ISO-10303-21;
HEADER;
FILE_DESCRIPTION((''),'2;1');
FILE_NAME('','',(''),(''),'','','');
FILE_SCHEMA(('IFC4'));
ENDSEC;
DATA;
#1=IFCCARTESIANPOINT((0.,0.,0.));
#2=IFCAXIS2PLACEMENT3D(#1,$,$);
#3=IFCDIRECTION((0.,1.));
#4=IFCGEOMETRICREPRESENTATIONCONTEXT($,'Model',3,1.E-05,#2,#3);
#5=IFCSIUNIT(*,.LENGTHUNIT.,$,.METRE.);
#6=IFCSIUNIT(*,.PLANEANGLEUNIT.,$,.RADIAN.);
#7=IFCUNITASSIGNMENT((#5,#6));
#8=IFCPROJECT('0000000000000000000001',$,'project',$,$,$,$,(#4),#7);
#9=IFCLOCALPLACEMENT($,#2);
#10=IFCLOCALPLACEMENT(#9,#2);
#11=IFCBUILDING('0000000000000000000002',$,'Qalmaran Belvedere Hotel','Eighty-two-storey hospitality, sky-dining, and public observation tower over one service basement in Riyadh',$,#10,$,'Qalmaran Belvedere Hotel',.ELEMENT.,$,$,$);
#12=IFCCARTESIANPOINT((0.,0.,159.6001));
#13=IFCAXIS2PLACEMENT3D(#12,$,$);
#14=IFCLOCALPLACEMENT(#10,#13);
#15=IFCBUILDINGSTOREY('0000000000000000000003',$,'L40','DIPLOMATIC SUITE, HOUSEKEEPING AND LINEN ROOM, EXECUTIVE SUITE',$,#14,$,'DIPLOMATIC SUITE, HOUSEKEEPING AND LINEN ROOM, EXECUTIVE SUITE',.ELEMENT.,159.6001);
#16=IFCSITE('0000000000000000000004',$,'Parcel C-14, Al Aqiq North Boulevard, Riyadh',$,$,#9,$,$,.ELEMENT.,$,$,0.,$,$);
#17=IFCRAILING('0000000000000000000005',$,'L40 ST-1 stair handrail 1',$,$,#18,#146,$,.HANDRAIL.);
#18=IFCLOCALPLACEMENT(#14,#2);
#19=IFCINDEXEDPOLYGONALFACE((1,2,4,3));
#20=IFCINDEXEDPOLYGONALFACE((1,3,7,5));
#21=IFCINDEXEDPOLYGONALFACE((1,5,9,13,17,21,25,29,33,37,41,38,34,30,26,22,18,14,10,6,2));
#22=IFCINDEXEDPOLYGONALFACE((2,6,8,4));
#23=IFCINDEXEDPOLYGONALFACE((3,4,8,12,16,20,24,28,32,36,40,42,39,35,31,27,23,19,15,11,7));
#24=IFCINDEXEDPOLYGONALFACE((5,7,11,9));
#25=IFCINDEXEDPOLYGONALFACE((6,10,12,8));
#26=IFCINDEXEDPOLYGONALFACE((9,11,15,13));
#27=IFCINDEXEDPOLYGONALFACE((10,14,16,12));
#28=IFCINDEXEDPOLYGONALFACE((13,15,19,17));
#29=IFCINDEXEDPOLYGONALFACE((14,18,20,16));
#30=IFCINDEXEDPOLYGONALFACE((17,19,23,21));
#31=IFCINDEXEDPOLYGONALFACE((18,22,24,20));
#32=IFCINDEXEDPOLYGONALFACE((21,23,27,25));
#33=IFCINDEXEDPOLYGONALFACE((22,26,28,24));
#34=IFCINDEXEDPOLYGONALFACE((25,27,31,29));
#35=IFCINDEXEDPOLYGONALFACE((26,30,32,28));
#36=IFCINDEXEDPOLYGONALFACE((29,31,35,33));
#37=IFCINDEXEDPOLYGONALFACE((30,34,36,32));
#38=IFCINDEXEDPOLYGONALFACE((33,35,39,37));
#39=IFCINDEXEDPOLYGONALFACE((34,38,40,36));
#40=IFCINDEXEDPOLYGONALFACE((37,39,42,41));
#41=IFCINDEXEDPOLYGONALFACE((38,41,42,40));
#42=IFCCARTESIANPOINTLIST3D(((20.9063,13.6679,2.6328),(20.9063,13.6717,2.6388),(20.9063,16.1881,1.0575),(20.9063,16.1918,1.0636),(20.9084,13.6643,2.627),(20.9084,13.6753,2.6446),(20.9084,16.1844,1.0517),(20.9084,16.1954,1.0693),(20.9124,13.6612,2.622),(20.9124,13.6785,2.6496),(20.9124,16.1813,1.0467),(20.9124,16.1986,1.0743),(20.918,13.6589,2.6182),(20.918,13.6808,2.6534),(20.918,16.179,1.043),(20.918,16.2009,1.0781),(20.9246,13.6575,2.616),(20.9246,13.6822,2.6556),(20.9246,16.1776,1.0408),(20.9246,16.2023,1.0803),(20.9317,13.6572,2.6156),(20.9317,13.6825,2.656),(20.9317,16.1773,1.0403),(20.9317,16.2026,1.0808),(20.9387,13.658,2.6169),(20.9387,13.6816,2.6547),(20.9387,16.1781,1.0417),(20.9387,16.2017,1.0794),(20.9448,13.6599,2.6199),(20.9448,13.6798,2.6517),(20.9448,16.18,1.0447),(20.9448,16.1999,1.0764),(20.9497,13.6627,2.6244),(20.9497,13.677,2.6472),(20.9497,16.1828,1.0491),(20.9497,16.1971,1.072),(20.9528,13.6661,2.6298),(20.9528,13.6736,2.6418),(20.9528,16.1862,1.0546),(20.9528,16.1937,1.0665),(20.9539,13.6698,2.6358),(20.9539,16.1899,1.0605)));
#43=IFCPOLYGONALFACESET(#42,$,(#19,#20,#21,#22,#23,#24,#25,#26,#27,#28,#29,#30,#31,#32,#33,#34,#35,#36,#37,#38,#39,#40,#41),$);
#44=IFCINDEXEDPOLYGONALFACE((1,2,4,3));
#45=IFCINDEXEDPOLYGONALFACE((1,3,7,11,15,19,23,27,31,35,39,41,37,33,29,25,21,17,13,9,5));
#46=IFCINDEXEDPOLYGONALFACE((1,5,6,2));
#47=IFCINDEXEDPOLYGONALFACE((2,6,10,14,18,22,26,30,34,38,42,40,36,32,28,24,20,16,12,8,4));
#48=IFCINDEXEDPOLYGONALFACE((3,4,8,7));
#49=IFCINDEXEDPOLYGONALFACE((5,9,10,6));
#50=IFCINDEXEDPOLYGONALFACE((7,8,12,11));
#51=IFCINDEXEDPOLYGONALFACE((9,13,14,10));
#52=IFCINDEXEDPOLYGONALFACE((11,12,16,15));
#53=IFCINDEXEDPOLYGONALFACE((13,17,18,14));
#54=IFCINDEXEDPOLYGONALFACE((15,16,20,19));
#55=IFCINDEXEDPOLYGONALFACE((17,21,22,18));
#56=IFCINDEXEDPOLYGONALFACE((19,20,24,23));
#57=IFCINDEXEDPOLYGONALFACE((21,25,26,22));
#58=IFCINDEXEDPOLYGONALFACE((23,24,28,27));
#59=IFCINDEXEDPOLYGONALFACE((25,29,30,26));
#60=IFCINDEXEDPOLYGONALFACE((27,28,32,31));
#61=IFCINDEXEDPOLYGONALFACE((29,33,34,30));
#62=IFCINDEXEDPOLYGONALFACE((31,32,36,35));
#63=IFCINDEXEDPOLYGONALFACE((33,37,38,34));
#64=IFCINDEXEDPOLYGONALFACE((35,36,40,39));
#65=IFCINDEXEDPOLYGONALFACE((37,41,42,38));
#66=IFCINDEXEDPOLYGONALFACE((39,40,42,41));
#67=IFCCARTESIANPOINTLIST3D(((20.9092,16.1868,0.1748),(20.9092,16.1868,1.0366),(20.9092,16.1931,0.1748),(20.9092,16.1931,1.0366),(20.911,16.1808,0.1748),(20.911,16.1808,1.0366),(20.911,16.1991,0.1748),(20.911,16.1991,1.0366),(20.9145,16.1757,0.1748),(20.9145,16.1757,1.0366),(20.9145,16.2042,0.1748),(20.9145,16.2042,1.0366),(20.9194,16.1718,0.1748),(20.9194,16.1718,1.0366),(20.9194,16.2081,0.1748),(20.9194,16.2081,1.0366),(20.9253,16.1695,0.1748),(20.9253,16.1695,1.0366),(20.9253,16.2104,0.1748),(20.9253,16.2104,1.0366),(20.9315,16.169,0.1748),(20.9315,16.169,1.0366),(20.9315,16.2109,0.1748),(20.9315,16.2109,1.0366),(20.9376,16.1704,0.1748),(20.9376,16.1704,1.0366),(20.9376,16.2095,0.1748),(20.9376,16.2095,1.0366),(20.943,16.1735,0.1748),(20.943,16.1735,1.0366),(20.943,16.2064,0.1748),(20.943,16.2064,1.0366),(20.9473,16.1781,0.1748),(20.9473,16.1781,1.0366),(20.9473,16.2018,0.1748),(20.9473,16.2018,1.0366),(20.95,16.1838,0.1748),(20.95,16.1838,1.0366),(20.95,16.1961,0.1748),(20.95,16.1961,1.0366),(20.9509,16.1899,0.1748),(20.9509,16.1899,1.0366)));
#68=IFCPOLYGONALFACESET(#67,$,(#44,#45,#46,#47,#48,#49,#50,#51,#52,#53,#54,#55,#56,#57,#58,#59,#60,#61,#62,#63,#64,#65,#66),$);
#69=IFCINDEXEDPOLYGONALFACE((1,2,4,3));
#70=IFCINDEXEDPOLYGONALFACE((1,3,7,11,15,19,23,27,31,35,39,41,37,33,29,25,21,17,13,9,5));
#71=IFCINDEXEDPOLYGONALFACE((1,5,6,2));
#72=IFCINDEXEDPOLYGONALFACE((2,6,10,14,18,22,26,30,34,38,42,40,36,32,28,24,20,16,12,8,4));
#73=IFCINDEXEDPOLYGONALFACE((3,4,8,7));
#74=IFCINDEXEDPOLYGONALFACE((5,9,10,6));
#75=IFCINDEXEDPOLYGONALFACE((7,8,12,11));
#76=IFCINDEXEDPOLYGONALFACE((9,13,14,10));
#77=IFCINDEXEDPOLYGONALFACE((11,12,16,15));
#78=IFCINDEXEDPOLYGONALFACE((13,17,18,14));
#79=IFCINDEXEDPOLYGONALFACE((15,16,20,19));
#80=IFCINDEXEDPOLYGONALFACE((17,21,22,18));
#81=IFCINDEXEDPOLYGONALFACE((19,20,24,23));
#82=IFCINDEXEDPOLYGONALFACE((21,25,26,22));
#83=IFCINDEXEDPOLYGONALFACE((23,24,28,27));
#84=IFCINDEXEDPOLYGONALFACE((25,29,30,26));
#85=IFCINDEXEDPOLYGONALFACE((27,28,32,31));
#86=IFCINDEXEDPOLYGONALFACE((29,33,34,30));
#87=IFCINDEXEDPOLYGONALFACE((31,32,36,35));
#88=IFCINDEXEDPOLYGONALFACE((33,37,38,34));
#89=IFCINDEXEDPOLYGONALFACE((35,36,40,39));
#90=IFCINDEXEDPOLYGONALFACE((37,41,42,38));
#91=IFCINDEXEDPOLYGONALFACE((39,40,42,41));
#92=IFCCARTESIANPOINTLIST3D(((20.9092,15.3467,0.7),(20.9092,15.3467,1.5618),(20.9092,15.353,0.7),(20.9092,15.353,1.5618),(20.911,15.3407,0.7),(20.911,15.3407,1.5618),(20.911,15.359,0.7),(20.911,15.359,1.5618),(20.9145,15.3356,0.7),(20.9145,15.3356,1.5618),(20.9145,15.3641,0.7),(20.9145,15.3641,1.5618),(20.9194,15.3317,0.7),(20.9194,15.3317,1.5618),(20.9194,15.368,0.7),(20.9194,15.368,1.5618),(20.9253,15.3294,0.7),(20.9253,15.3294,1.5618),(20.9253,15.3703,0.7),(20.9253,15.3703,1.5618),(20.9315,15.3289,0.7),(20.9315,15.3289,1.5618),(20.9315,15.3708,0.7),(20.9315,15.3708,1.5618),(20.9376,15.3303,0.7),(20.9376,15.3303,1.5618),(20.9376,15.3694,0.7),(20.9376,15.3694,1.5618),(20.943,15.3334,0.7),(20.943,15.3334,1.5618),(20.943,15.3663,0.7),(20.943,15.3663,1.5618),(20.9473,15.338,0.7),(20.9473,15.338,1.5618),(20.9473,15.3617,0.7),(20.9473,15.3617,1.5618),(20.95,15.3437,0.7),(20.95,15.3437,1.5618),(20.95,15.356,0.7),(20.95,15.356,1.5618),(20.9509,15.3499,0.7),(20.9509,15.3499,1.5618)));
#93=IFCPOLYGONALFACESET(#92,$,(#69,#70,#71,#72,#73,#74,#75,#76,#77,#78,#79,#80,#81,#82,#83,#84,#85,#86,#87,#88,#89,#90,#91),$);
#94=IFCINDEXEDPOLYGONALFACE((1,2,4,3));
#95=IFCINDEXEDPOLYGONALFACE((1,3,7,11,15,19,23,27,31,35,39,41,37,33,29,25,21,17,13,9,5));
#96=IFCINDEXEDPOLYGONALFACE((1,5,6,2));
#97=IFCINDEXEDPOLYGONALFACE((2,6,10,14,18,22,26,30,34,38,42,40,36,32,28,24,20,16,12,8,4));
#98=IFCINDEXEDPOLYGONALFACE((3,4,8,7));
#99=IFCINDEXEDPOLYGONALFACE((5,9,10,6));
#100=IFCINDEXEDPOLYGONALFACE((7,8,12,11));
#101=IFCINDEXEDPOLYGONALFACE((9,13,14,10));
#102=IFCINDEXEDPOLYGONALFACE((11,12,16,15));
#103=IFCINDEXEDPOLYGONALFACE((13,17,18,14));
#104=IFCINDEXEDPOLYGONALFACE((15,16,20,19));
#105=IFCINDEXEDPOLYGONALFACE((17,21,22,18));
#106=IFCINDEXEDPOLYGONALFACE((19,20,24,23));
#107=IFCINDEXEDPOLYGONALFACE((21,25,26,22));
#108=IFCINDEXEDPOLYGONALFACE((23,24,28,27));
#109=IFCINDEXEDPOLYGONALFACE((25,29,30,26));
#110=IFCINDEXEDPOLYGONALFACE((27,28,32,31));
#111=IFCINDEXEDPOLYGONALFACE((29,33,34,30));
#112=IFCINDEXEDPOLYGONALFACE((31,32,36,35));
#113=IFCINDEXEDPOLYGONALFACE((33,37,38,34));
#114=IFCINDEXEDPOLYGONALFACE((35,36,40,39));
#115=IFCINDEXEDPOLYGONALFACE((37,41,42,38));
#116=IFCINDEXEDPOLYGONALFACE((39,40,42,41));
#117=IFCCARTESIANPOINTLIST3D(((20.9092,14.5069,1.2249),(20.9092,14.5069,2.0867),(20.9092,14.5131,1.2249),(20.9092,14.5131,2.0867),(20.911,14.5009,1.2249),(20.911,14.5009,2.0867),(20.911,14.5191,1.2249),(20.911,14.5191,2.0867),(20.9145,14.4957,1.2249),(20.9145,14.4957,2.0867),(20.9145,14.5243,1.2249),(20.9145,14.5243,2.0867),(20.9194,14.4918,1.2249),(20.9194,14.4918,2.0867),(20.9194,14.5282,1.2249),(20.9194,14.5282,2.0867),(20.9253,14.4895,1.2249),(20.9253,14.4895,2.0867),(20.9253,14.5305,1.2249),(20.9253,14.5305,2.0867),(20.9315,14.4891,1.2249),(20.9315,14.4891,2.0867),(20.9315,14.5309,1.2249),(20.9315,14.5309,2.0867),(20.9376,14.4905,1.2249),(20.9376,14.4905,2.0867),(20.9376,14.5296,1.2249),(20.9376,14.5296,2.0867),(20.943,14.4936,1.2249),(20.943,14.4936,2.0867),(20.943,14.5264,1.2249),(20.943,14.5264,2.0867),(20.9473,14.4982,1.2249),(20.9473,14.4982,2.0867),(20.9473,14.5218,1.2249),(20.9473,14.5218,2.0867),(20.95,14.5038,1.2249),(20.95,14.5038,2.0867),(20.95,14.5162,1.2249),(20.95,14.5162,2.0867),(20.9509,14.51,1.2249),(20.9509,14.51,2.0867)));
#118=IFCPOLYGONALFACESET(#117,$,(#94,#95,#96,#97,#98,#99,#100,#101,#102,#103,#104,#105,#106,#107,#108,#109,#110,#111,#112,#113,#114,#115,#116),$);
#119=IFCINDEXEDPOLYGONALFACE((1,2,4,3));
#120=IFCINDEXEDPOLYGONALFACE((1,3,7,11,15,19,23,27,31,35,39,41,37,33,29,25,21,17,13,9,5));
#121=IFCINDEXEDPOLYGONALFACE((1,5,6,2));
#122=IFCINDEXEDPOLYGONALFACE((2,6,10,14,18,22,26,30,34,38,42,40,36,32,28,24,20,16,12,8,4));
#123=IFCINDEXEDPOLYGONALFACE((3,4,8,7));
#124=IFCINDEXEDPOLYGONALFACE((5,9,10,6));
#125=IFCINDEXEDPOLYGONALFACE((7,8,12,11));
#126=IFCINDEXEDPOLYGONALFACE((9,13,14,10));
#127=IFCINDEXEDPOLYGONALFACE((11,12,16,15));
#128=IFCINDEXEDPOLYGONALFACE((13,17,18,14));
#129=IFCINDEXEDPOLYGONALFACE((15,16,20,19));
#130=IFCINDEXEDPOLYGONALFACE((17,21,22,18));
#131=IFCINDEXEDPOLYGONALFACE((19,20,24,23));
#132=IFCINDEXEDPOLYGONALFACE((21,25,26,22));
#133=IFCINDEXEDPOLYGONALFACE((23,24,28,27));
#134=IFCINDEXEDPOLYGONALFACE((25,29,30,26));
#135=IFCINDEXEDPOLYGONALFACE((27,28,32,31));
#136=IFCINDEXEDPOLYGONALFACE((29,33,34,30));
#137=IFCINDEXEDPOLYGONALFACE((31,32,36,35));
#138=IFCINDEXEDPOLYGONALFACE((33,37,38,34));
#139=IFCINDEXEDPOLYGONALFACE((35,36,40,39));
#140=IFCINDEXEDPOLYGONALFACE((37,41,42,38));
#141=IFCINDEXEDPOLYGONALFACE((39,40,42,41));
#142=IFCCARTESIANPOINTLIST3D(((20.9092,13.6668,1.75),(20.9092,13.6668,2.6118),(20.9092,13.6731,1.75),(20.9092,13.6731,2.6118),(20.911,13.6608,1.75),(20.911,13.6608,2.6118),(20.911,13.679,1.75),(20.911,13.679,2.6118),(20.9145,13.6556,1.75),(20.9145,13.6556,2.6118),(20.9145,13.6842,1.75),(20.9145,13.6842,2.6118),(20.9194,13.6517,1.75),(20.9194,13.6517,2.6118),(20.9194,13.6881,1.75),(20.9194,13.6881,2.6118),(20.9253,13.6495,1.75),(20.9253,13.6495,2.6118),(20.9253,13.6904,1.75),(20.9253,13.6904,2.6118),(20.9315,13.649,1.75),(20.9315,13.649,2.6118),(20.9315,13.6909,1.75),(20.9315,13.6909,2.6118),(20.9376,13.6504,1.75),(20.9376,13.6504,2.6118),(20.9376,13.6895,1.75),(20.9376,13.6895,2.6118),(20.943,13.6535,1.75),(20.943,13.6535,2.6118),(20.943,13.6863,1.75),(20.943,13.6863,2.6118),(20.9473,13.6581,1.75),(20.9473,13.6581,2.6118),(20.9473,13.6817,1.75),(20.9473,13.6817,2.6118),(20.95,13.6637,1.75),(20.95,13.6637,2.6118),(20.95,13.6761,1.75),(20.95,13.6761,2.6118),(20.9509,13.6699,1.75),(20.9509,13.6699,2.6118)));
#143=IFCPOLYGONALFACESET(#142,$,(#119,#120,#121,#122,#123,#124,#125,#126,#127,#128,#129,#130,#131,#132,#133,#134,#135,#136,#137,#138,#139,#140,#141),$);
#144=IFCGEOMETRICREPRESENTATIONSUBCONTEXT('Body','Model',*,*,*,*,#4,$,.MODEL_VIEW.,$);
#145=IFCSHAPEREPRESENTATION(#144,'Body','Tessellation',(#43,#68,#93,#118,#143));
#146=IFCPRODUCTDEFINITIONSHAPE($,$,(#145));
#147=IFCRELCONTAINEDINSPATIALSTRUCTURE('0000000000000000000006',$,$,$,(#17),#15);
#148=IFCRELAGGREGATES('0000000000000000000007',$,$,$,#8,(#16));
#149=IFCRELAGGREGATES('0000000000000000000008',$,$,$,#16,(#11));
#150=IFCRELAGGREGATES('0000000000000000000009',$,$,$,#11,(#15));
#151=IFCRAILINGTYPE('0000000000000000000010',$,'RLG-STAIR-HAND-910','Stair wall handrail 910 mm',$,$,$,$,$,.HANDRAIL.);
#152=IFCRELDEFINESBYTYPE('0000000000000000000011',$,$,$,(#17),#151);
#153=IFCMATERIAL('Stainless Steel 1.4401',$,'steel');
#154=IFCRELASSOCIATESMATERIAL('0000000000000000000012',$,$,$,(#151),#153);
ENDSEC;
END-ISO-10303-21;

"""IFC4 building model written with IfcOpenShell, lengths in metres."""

from ifc_helpers import new_model, si_unit, direction, frame, origin, origin_2d, place, context, subcontext, project, spatial, circle, extrude, material, type_object, element, save


model = new_model("IFC4")

# Units and contexts
model_context = context("Model", 3, precision=1e-05, world=origin(), true_north=direction((0.0, 1.0)))
body_context = subcontext(model_context, "Body", "Model", "MODEL_VIEW")
ifc_project = project(units=[si_unit("LENGTHUNIT", "METRE"), si_unit("PLANEANGLEUNIT", "RADIAN")], contexts=[model_context])

# Site, building, storey
site_placement = place(None, origin())
site = spatial("IfcSite", under=ifc_project, at=site_placement, Name="Parcel C-14, Al Aqiq North Boulevard, Riyadh", CompositionType="ELEMENT", RefElevation=0.0)
building_placement = place(site_placement, origin())
building = spatial("IfcBuilding", under=site, at=building_placement, Name="Qalmaran Belvedere Hotel", Description="Eighty-two-storey hospitality, sky-dining, and public observation tower over one service basement in Riyadh", LongName="Qalmaran Belvedere Hotel", CompositionType="ELEMENT")
storey_placement = place(building_placement, frame((0.0, 0.0, 159.6001)))
storey = spatial("IfcBuildingStorey", under=building, at=storey_placement, Name="L40", Description="DIPLOMATIC SUITE, HOUSEKEEPING AND LINEN ROOM, EXECUTIVE SUITE", LongName="DIPLOMATIC SUITE, HOUSEKEEPING AND LINEN ROOM, EXECUTIVE SUITE", CompositionType="ELEMENT", Elevation=159.6001)

# Shared definitions
ifc_material_1 = material(Name="Stainless Steel 1.4401", Category="steel")

# Railing
railing_type_1 = type_object("IfcRailingType", Name="RLG-STAIR-HAND-910", Description="Stair wall handrail 910 mm", PredefinedType="HANDRAIL", material=ifc_material_1)
railing_1_placement = place(storey_placement, frame((20.9299, 16.1899, 0.1748)))
element("IfcRailing", 1, at=railing_1_placement, inside=storey, type_object=railing_type_1, Name="L40 ST-1 stair handrail 1", PredefinedType="HANDRAIL", context=body_context, shape_type="SweptSolid", body=[
    extrude(circle(Radius=0.0239, at=origin_2d()), frame((0.0, 0.0, 0.8857), z_axis=(0.0, -0.847971, 0.530043), x_axis=(1.0, 0.0, 0.0)), (0.0, 0.0, 1.0), 2.9719),
    extrude(circle(Radius=0.021, at=origin_2d()), origin(), (0.0, 0.0, 1.0), 0.8618),
    extrude(circle(Radius=0.021, at=origin_2d()), frame((0.0, -0.8401, 0.5251)), (0.0, 0.0, 1.0), 0.8618),
    extrude(circle(Radius=0.021, at=origin_2d()), frame((0.0, -1.6799, 1.05)), (0.0, 0.0, 1.0), 0.8618),
    extrude(circle(Radius=0.021, at=origin_2d()), frame((0.0, -2.52, 1.5752)), (0.0, 0.0, 1.0), 0.8618),
])

save(model, "model.ifc")
